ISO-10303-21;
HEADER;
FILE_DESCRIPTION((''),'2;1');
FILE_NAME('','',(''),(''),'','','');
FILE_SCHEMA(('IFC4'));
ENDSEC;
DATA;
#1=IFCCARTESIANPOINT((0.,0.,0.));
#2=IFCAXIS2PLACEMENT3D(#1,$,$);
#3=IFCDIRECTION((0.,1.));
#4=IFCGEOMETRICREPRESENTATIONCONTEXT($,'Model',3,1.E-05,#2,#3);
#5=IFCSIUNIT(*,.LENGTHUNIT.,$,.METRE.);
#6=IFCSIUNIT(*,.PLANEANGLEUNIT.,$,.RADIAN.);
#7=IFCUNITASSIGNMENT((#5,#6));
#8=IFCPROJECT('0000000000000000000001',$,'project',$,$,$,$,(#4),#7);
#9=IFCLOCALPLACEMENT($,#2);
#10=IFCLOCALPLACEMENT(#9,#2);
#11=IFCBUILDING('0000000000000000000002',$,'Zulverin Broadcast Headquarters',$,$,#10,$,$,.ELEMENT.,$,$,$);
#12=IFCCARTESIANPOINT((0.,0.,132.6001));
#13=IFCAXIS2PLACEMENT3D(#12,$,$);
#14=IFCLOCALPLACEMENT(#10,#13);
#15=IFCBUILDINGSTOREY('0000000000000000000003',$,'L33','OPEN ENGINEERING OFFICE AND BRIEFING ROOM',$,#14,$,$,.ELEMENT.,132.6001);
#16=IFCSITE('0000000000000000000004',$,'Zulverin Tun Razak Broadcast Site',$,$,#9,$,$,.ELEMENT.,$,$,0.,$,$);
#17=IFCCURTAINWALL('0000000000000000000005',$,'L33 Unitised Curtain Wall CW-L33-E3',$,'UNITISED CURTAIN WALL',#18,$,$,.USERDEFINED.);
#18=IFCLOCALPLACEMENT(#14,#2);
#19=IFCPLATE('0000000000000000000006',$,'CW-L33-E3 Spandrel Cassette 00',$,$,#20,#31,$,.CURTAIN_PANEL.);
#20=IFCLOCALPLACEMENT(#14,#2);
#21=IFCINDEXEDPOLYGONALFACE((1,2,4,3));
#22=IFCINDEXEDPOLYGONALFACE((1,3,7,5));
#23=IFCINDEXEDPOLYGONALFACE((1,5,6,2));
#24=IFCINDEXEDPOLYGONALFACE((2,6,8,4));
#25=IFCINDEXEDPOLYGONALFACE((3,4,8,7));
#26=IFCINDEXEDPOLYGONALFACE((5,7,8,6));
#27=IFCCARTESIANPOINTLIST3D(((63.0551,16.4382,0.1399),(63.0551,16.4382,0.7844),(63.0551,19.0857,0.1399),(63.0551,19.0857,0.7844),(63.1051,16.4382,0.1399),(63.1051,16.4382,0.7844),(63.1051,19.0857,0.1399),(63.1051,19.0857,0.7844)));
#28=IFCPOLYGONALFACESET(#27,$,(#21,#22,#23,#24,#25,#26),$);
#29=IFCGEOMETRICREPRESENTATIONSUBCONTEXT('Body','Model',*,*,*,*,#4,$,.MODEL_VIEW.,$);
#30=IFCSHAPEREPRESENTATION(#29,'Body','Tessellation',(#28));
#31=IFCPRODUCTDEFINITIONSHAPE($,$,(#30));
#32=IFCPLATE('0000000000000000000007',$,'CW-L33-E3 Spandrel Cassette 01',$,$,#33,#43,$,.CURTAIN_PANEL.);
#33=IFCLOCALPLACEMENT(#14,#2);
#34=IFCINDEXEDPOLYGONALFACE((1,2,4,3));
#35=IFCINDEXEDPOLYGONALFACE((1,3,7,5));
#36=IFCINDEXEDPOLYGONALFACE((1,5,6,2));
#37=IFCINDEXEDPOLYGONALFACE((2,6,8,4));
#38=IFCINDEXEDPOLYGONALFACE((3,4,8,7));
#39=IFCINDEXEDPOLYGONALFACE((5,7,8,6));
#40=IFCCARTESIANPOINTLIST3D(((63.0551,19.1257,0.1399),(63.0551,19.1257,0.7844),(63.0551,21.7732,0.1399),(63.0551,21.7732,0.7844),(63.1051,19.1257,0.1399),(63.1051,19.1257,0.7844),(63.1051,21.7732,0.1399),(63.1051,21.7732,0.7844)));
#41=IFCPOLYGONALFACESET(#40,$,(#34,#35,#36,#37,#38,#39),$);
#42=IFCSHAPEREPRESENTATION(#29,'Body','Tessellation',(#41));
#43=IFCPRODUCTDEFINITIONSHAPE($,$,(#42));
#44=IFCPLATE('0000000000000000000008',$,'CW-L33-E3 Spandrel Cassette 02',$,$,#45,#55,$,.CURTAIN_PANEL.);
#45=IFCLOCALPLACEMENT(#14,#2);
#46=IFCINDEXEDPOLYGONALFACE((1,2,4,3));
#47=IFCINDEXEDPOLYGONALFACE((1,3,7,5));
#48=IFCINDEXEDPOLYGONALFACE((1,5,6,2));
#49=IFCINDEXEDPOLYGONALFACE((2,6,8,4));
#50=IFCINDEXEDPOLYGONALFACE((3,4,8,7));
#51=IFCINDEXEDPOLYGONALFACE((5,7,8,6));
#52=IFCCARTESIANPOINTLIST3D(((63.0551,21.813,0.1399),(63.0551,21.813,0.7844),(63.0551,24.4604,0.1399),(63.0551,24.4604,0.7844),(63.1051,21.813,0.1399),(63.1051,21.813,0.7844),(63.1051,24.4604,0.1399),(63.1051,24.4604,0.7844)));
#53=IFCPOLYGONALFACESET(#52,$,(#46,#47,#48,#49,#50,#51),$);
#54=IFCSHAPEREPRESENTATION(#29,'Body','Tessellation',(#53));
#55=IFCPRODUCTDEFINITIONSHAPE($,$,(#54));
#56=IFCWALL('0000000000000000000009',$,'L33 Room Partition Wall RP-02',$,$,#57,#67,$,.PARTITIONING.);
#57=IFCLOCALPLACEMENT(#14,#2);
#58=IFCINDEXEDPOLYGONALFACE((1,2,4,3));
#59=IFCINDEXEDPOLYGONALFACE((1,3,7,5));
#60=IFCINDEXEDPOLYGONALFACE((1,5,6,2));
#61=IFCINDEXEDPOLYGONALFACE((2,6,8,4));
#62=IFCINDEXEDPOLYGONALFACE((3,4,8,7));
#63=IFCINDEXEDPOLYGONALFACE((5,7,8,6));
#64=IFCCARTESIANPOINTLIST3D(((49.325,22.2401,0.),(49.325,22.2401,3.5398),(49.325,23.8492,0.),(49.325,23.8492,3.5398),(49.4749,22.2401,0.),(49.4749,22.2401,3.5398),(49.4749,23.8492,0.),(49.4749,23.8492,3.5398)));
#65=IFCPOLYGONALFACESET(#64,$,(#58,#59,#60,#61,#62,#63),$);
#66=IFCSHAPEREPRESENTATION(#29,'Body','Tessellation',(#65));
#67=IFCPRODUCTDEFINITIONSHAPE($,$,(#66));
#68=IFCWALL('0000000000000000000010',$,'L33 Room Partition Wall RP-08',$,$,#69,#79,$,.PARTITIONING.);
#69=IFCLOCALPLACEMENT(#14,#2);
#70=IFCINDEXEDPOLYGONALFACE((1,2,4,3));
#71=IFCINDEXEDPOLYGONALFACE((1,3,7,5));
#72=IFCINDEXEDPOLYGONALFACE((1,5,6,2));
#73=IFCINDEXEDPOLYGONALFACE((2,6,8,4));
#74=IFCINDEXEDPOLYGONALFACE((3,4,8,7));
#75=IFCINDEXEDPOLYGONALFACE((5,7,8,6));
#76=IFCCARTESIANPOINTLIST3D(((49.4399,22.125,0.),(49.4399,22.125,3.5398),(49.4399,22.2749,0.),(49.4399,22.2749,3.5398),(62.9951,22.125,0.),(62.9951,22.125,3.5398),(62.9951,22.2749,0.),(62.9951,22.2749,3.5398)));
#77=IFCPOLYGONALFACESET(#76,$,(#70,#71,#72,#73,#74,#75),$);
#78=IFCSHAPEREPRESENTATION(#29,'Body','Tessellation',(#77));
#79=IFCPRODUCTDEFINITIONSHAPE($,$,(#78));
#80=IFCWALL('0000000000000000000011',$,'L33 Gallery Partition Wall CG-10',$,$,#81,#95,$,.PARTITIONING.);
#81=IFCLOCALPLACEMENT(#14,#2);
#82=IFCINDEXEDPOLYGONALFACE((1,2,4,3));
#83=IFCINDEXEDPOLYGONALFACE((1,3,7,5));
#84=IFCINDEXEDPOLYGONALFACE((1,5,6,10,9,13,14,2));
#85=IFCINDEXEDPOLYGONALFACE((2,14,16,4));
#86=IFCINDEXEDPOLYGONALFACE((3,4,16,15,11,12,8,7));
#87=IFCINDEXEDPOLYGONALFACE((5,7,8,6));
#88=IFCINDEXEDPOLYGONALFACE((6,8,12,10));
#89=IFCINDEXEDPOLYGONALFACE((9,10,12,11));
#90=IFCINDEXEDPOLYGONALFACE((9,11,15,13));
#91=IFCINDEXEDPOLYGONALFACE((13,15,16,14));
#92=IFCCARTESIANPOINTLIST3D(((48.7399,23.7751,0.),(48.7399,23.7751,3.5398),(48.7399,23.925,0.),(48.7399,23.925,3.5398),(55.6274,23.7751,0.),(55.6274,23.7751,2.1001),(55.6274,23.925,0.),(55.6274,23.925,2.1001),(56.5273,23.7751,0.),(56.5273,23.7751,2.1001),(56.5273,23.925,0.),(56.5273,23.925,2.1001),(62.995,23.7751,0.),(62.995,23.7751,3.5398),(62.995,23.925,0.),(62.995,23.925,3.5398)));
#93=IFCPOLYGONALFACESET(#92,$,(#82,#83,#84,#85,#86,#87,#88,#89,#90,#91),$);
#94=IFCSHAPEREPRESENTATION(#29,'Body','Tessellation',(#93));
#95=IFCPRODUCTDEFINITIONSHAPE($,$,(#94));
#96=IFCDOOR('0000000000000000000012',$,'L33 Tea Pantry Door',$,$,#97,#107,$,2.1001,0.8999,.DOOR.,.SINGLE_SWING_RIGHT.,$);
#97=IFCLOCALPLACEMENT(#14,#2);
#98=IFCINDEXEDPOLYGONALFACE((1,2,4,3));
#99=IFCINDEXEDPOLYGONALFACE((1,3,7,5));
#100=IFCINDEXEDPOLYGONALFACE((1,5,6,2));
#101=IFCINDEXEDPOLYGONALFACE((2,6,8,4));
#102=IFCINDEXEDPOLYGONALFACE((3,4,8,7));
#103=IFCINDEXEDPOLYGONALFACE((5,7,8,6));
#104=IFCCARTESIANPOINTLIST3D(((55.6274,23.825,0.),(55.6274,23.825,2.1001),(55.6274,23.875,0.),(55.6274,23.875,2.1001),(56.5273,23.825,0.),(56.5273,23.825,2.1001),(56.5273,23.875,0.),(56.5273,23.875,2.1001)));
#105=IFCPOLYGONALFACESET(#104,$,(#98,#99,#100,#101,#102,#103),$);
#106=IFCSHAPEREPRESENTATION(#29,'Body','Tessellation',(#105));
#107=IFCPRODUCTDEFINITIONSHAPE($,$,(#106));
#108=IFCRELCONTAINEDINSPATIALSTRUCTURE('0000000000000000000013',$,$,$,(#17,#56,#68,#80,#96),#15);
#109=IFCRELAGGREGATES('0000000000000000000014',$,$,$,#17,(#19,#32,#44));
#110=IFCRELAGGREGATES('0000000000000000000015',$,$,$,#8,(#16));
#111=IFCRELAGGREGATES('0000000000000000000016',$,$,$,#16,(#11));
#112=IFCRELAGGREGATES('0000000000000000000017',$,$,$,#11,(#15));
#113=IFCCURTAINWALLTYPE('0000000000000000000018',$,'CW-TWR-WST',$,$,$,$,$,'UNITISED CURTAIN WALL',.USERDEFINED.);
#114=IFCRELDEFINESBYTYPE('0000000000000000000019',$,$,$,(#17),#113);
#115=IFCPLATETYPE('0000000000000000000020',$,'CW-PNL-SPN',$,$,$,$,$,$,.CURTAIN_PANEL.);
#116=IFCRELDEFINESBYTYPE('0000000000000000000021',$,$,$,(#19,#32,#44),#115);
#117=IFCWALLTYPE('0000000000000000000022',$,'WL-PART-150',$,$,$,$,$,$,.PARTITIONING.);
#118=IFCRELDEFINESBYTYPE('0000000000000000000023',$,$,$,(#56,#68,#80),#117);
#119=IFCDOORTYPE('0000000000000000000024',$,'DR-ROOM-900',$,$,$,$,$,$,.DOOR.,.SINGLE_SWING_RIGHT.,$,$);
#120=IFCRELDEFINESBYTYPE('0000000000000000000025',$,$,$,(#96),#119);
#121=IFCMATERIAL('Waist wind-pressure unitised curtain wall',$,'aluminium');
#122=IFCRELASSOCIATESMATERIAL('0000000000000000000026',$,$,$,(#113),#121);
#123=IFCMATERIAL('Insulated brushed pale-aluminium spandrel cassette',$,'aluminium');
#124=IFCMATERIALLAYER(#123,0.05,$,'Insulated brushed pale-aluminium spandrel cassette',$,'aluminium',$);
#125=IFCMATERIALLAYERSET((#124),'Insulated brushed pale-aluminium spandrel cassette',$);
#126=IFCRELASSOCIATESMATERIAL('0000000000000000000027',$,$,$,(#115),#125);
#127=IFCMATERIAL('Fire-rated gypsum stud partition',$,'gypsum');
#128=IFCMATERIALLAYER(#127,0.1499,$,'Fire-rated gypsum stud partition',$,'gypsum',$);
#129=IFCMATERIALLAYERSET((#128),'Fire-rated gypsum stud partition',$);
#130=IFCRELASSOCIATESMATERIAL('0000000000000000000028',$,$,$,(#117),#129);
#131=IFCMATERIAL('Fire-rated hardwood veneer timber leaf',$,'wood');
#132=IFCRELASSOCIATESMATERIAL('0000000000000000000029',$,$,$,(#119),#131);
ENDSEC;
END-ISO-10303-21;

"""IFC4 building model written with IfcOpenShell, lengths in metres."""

from ifc_helpers import new_model, si_unit, direction, frame, frame_2d, origin, origin_2d, place, context, subcontext, project, spatial, rectangle, extrude, material, layer, layer_set, type_object, element, fill, aggregate, save


model = new_model("IFC4")

# Units and contexts
model_context = context("Model", 3, precision=1e-05, world=origin(), true_north=direction((0.0, 1.0)))
body_context = subcontext(model_context, "Body", "Model", "MODEL_VIEW")
ifc_project = project(units=[si_unit("LENGTHUNIT", "METRE"), si_unit("PLANEANGLEUNIT", "RADIAN")], contexts=[model_context])

# Site, building, storey
site_placement = place(None, origin())
site = spatial("IfcSite", under=ifc_project, at=site_placement, Name="Zulverin Tun Razak Broadcast Site", CompositionType="ELEMENT", RefElevation=0.0)
building_placement = place(site_placement, origin())
building = spatial("IfcBuilding", under=site, at=building_placement, Name="Zulverin Broadcast Headquarters", CompositionType="ELEMENT")
storey_placement = place(building_placement, frame((0.0, 0.0, 132.6001)))
storey = spatial("IfcBuildingStorey", under=building, at=storey_placement, Name="L33", Description="OPEN ENGINEERING OFFICE AND BRIEFING ROOM", CompositionType="ELEMENT", Elevation=132.6001)

# Curtain wall, plates
ifc_material_1 = material(Name="Waist wind-pressure unitised curtain wall", Category="aluminium")
curtain_wall_type = type_object("IfcCurtainWallType", Name="CW-TWR-WST", ElementType="UNITISED CURTAIN WALL", PredefinedType="USERDEFINED", material=ifc_material_1)
curtain_wall_placement = place(storey_placement, origin())
curtain_wall = element("IfcCurtainWall", 1, at=curtain_wall_placement, inside=storey, type_object=curtain_wall_type, Name="L33 Unitised Curtain Wall CW-L33-E3", ObjectType="UNITISED CURTAIN WALL", PredefinedType="USERDEFINED")
ifc_material_2 = material(Name="Insulated brushed pale-aluminium spandrel cassette", Category="aluminium")
ifc_layer_1 = layer(ifc_material_2, 0.05, Name="Insulated brushed pale-aluminium spandrel cassette", Category="aluminium")
ifc_layer_set_1 = layer_set([ifc_layer_1], Name="Insulated brushed pale-aluminium spandrel cassette")
plate_type_1 = type_object("IfcPlateType", Name="CW-PNL-SPN", PredefinedType="CURTAIN_PANEL", material=ifc_layer_set_1)
plate_1_placement = place(storey_placement, frame((63.0801, 17.762, 0.1399), z_axis=(0.0, 0.0, 1.0), x_axis=(0.0, 1.0, 0.0)))
plate_1 = element("IfcPlate", 2, at=plate_1_placement, type_object=plate_type_1, Name="CW-L33-E3 Spandrel Cassette 00", PredefinedType="CURTAIN_PANEL", context=body_context, shape_type="SweptSolid", body=[
    extrude(rectangle(XDim=2.6475, YDim=0.05, at=origin_2d()), origin(), (0.0, 0.0, 1.0), 0.6445),
])
plate_2_placement = place(storey_placement, frame((63.0801, 20.4495, 0.1399), z_axis=(0.0, 0.0, 1.0), x_axis=(0.0, 1.0, 0.0)))
plate_2 = element("IfcPlate", 3, at=plate_2_placement, type_object=plate_type_1, Name="CW-L33-E3 Spandrel Cassette 01", PredefinedType="CURTAIN_PANEL", context=body_context, shape_type="SweptSolid", body=[
    extrude(rectangle(XDim=2.6475, YDim=0.05, at=origin_2d()), origin(), (0.0, 0.0, 1.0), 0.6445),
])
plate_3_placement = place(storey_placement, frame((63.0801, 23.1367, 0.1399), z_axis=(0.0, 0.0, 1.0), x_axis=(0.0, 1.0, 0.0)))
plate_3 = element("IfcPlate", 4, at=plate_3_placement, type_object=plate_type_1, Name="CW-L33-E3 Spandrel Cassette 02", PredefinedType="CURTAIN_PANEL", context=body_context, shape_type="SweptSolid", body=[
    extrude(rectangle(XDim=2.6475, YDim=0.05, at=origin_2d()), origin(), (0.0, 0.0, 1.0), 0.6445),
])
aggregate(curtain_wall, [plate_1, plate_2, plate_3])

# Walls
ifc_material_3 = material(Name="Fire-rated gypsum stud partition", Category="gypsum")
ifc_layer_2 = layer(ifc_material_3, 0.1499, Name="Fire-rated gypsum stud partition", Category="gypsum")
ifc_layer_set_2 = layer_set([ifc_layer_2], Name="Fire-rated gypsum stud partition")
wall_type_1 = type_object("IfcWallType", Name="WL-PART-150", PredefinedType="PARTITIONING", material=ifc_layer_set_2)
wall_1_placement = place(storey_placement, frame((49.3999, 22.24, 0.0), z_axis=(0.0, 0.0, 1.0), x_axis=(0.0, 1.0, 0.0)))
element("IfcWall", 5, at=wall_1_placement, inside=storey, type_object=wall_type_1, Name="L33 Room Partition Wall RP-02", PredefinedType="PARTITIONING", context=body_context, shape_type="SweptSolid", body=[
    extrude(rectangle(XDim=1.6091, YDim=0.1499, at=frame_2d((0.8047, 0.0))), origin(), (0.0, 0.0, 1.0), 3.5398),
])
wall_2_placement = place(storey_placement, frame((49.4399, 22.2, 0.0), z_axis=(0.0, 0.0, 1.0), x_axis=(1.0, 0.0, 0.0)))
element("IfcWall", 6, at=wall_2_placement, inside=storey, type_object=wall_type_1, Name="L33 Room Partition Wall RP-08", PredefinedType="PARTITIONING", context=body_context, shape_type="SweptSolid", body=[
    extrude(rectangle(XDim=13.5552, YDim=0.1499, at=frame_2d((6.7776, 0.0))), origin(), (0.0, 0.0, 1.0), 3.5398),
])

# Wall, opening, door
wall_3_placement = place(storey_placement, frame((48.74, 23.8501, 0.0), z_axis=(0.0, 0.0, 1.0), x_axis=(1.0, 0.0, 0.0)))
wall_3 = element("IfcWall", 7, at=wall_3_placement, inside=storey, type_object=wall_type_1, Name="L33 Gallery Partition Wall CG-10", PredefinedType="PARTITIONING", context=body_context, shape_type="SweptSolid", body=[
    extrude(rectangle(XDim=14.2551, YDim=0.1499, at=frame_2d((7.1274, 0.0))), origin(), (0.0, 0.0, 1.0), 3.5398),
])
opening_1_placement = place(wall_3_placement, frame((6.8875, 0.0, 0.0)))
opening_1 = element("IfcOpeningElement", 8, at=opening_1_placement, cuts=wall_3, PredefinedType="OPENING", context=body_context, shape_type="SweptSolid", body=[
    extrude(rectangle(XDim=0.8999, YDim=2.1001, at=frame_2d((0.45, 1.05))), frame((0.0, 0.085, 0.0), z_axis=(0.0, -1.0, 0.0), x_axis=(1.0, 0.0, 0.0)), (0.0, 0.0, 1.0), 0.1699),
])
ifc_material_4 = material(Name="Fire-rated hardwood veneer timber leaf", Category="wood")
door_type_1 = type_object("IfcDoorType", Name="DR-ROOM-900", OperationType="SINGLE_SWING_RIGHT", PredefinedType="DOOR", material=ifc_material_4)
door_1_placement = place(opening_1_placement, origin())
door_1 = element("IfcDoor", 9, at=door_1_placement, inside=storey, type_object=door_type_1, Name="L33 Tea Pantry Door", OperationType="SINGLE_SWING_RIGHT", OverallHeight=2.1001, OverallWidth=0.8999, PredefinedType="DOOR", context=body_context, shape_type="SweptSolid", body=[
    extrude(rectangle(XDim=0.8999, YDim=2.1001, at=frame_2d((0.45, 1.05))), frame((0.0, 0.0249, 0.0), z_axis=(0.0, -1.0, 0.0), x_axis=(1.0, 0.0, 0.0)), (0.0, 0.0, 1.0), 0.05),
])
fill(opening_1, door_1)

save(model, "model.ifc")
